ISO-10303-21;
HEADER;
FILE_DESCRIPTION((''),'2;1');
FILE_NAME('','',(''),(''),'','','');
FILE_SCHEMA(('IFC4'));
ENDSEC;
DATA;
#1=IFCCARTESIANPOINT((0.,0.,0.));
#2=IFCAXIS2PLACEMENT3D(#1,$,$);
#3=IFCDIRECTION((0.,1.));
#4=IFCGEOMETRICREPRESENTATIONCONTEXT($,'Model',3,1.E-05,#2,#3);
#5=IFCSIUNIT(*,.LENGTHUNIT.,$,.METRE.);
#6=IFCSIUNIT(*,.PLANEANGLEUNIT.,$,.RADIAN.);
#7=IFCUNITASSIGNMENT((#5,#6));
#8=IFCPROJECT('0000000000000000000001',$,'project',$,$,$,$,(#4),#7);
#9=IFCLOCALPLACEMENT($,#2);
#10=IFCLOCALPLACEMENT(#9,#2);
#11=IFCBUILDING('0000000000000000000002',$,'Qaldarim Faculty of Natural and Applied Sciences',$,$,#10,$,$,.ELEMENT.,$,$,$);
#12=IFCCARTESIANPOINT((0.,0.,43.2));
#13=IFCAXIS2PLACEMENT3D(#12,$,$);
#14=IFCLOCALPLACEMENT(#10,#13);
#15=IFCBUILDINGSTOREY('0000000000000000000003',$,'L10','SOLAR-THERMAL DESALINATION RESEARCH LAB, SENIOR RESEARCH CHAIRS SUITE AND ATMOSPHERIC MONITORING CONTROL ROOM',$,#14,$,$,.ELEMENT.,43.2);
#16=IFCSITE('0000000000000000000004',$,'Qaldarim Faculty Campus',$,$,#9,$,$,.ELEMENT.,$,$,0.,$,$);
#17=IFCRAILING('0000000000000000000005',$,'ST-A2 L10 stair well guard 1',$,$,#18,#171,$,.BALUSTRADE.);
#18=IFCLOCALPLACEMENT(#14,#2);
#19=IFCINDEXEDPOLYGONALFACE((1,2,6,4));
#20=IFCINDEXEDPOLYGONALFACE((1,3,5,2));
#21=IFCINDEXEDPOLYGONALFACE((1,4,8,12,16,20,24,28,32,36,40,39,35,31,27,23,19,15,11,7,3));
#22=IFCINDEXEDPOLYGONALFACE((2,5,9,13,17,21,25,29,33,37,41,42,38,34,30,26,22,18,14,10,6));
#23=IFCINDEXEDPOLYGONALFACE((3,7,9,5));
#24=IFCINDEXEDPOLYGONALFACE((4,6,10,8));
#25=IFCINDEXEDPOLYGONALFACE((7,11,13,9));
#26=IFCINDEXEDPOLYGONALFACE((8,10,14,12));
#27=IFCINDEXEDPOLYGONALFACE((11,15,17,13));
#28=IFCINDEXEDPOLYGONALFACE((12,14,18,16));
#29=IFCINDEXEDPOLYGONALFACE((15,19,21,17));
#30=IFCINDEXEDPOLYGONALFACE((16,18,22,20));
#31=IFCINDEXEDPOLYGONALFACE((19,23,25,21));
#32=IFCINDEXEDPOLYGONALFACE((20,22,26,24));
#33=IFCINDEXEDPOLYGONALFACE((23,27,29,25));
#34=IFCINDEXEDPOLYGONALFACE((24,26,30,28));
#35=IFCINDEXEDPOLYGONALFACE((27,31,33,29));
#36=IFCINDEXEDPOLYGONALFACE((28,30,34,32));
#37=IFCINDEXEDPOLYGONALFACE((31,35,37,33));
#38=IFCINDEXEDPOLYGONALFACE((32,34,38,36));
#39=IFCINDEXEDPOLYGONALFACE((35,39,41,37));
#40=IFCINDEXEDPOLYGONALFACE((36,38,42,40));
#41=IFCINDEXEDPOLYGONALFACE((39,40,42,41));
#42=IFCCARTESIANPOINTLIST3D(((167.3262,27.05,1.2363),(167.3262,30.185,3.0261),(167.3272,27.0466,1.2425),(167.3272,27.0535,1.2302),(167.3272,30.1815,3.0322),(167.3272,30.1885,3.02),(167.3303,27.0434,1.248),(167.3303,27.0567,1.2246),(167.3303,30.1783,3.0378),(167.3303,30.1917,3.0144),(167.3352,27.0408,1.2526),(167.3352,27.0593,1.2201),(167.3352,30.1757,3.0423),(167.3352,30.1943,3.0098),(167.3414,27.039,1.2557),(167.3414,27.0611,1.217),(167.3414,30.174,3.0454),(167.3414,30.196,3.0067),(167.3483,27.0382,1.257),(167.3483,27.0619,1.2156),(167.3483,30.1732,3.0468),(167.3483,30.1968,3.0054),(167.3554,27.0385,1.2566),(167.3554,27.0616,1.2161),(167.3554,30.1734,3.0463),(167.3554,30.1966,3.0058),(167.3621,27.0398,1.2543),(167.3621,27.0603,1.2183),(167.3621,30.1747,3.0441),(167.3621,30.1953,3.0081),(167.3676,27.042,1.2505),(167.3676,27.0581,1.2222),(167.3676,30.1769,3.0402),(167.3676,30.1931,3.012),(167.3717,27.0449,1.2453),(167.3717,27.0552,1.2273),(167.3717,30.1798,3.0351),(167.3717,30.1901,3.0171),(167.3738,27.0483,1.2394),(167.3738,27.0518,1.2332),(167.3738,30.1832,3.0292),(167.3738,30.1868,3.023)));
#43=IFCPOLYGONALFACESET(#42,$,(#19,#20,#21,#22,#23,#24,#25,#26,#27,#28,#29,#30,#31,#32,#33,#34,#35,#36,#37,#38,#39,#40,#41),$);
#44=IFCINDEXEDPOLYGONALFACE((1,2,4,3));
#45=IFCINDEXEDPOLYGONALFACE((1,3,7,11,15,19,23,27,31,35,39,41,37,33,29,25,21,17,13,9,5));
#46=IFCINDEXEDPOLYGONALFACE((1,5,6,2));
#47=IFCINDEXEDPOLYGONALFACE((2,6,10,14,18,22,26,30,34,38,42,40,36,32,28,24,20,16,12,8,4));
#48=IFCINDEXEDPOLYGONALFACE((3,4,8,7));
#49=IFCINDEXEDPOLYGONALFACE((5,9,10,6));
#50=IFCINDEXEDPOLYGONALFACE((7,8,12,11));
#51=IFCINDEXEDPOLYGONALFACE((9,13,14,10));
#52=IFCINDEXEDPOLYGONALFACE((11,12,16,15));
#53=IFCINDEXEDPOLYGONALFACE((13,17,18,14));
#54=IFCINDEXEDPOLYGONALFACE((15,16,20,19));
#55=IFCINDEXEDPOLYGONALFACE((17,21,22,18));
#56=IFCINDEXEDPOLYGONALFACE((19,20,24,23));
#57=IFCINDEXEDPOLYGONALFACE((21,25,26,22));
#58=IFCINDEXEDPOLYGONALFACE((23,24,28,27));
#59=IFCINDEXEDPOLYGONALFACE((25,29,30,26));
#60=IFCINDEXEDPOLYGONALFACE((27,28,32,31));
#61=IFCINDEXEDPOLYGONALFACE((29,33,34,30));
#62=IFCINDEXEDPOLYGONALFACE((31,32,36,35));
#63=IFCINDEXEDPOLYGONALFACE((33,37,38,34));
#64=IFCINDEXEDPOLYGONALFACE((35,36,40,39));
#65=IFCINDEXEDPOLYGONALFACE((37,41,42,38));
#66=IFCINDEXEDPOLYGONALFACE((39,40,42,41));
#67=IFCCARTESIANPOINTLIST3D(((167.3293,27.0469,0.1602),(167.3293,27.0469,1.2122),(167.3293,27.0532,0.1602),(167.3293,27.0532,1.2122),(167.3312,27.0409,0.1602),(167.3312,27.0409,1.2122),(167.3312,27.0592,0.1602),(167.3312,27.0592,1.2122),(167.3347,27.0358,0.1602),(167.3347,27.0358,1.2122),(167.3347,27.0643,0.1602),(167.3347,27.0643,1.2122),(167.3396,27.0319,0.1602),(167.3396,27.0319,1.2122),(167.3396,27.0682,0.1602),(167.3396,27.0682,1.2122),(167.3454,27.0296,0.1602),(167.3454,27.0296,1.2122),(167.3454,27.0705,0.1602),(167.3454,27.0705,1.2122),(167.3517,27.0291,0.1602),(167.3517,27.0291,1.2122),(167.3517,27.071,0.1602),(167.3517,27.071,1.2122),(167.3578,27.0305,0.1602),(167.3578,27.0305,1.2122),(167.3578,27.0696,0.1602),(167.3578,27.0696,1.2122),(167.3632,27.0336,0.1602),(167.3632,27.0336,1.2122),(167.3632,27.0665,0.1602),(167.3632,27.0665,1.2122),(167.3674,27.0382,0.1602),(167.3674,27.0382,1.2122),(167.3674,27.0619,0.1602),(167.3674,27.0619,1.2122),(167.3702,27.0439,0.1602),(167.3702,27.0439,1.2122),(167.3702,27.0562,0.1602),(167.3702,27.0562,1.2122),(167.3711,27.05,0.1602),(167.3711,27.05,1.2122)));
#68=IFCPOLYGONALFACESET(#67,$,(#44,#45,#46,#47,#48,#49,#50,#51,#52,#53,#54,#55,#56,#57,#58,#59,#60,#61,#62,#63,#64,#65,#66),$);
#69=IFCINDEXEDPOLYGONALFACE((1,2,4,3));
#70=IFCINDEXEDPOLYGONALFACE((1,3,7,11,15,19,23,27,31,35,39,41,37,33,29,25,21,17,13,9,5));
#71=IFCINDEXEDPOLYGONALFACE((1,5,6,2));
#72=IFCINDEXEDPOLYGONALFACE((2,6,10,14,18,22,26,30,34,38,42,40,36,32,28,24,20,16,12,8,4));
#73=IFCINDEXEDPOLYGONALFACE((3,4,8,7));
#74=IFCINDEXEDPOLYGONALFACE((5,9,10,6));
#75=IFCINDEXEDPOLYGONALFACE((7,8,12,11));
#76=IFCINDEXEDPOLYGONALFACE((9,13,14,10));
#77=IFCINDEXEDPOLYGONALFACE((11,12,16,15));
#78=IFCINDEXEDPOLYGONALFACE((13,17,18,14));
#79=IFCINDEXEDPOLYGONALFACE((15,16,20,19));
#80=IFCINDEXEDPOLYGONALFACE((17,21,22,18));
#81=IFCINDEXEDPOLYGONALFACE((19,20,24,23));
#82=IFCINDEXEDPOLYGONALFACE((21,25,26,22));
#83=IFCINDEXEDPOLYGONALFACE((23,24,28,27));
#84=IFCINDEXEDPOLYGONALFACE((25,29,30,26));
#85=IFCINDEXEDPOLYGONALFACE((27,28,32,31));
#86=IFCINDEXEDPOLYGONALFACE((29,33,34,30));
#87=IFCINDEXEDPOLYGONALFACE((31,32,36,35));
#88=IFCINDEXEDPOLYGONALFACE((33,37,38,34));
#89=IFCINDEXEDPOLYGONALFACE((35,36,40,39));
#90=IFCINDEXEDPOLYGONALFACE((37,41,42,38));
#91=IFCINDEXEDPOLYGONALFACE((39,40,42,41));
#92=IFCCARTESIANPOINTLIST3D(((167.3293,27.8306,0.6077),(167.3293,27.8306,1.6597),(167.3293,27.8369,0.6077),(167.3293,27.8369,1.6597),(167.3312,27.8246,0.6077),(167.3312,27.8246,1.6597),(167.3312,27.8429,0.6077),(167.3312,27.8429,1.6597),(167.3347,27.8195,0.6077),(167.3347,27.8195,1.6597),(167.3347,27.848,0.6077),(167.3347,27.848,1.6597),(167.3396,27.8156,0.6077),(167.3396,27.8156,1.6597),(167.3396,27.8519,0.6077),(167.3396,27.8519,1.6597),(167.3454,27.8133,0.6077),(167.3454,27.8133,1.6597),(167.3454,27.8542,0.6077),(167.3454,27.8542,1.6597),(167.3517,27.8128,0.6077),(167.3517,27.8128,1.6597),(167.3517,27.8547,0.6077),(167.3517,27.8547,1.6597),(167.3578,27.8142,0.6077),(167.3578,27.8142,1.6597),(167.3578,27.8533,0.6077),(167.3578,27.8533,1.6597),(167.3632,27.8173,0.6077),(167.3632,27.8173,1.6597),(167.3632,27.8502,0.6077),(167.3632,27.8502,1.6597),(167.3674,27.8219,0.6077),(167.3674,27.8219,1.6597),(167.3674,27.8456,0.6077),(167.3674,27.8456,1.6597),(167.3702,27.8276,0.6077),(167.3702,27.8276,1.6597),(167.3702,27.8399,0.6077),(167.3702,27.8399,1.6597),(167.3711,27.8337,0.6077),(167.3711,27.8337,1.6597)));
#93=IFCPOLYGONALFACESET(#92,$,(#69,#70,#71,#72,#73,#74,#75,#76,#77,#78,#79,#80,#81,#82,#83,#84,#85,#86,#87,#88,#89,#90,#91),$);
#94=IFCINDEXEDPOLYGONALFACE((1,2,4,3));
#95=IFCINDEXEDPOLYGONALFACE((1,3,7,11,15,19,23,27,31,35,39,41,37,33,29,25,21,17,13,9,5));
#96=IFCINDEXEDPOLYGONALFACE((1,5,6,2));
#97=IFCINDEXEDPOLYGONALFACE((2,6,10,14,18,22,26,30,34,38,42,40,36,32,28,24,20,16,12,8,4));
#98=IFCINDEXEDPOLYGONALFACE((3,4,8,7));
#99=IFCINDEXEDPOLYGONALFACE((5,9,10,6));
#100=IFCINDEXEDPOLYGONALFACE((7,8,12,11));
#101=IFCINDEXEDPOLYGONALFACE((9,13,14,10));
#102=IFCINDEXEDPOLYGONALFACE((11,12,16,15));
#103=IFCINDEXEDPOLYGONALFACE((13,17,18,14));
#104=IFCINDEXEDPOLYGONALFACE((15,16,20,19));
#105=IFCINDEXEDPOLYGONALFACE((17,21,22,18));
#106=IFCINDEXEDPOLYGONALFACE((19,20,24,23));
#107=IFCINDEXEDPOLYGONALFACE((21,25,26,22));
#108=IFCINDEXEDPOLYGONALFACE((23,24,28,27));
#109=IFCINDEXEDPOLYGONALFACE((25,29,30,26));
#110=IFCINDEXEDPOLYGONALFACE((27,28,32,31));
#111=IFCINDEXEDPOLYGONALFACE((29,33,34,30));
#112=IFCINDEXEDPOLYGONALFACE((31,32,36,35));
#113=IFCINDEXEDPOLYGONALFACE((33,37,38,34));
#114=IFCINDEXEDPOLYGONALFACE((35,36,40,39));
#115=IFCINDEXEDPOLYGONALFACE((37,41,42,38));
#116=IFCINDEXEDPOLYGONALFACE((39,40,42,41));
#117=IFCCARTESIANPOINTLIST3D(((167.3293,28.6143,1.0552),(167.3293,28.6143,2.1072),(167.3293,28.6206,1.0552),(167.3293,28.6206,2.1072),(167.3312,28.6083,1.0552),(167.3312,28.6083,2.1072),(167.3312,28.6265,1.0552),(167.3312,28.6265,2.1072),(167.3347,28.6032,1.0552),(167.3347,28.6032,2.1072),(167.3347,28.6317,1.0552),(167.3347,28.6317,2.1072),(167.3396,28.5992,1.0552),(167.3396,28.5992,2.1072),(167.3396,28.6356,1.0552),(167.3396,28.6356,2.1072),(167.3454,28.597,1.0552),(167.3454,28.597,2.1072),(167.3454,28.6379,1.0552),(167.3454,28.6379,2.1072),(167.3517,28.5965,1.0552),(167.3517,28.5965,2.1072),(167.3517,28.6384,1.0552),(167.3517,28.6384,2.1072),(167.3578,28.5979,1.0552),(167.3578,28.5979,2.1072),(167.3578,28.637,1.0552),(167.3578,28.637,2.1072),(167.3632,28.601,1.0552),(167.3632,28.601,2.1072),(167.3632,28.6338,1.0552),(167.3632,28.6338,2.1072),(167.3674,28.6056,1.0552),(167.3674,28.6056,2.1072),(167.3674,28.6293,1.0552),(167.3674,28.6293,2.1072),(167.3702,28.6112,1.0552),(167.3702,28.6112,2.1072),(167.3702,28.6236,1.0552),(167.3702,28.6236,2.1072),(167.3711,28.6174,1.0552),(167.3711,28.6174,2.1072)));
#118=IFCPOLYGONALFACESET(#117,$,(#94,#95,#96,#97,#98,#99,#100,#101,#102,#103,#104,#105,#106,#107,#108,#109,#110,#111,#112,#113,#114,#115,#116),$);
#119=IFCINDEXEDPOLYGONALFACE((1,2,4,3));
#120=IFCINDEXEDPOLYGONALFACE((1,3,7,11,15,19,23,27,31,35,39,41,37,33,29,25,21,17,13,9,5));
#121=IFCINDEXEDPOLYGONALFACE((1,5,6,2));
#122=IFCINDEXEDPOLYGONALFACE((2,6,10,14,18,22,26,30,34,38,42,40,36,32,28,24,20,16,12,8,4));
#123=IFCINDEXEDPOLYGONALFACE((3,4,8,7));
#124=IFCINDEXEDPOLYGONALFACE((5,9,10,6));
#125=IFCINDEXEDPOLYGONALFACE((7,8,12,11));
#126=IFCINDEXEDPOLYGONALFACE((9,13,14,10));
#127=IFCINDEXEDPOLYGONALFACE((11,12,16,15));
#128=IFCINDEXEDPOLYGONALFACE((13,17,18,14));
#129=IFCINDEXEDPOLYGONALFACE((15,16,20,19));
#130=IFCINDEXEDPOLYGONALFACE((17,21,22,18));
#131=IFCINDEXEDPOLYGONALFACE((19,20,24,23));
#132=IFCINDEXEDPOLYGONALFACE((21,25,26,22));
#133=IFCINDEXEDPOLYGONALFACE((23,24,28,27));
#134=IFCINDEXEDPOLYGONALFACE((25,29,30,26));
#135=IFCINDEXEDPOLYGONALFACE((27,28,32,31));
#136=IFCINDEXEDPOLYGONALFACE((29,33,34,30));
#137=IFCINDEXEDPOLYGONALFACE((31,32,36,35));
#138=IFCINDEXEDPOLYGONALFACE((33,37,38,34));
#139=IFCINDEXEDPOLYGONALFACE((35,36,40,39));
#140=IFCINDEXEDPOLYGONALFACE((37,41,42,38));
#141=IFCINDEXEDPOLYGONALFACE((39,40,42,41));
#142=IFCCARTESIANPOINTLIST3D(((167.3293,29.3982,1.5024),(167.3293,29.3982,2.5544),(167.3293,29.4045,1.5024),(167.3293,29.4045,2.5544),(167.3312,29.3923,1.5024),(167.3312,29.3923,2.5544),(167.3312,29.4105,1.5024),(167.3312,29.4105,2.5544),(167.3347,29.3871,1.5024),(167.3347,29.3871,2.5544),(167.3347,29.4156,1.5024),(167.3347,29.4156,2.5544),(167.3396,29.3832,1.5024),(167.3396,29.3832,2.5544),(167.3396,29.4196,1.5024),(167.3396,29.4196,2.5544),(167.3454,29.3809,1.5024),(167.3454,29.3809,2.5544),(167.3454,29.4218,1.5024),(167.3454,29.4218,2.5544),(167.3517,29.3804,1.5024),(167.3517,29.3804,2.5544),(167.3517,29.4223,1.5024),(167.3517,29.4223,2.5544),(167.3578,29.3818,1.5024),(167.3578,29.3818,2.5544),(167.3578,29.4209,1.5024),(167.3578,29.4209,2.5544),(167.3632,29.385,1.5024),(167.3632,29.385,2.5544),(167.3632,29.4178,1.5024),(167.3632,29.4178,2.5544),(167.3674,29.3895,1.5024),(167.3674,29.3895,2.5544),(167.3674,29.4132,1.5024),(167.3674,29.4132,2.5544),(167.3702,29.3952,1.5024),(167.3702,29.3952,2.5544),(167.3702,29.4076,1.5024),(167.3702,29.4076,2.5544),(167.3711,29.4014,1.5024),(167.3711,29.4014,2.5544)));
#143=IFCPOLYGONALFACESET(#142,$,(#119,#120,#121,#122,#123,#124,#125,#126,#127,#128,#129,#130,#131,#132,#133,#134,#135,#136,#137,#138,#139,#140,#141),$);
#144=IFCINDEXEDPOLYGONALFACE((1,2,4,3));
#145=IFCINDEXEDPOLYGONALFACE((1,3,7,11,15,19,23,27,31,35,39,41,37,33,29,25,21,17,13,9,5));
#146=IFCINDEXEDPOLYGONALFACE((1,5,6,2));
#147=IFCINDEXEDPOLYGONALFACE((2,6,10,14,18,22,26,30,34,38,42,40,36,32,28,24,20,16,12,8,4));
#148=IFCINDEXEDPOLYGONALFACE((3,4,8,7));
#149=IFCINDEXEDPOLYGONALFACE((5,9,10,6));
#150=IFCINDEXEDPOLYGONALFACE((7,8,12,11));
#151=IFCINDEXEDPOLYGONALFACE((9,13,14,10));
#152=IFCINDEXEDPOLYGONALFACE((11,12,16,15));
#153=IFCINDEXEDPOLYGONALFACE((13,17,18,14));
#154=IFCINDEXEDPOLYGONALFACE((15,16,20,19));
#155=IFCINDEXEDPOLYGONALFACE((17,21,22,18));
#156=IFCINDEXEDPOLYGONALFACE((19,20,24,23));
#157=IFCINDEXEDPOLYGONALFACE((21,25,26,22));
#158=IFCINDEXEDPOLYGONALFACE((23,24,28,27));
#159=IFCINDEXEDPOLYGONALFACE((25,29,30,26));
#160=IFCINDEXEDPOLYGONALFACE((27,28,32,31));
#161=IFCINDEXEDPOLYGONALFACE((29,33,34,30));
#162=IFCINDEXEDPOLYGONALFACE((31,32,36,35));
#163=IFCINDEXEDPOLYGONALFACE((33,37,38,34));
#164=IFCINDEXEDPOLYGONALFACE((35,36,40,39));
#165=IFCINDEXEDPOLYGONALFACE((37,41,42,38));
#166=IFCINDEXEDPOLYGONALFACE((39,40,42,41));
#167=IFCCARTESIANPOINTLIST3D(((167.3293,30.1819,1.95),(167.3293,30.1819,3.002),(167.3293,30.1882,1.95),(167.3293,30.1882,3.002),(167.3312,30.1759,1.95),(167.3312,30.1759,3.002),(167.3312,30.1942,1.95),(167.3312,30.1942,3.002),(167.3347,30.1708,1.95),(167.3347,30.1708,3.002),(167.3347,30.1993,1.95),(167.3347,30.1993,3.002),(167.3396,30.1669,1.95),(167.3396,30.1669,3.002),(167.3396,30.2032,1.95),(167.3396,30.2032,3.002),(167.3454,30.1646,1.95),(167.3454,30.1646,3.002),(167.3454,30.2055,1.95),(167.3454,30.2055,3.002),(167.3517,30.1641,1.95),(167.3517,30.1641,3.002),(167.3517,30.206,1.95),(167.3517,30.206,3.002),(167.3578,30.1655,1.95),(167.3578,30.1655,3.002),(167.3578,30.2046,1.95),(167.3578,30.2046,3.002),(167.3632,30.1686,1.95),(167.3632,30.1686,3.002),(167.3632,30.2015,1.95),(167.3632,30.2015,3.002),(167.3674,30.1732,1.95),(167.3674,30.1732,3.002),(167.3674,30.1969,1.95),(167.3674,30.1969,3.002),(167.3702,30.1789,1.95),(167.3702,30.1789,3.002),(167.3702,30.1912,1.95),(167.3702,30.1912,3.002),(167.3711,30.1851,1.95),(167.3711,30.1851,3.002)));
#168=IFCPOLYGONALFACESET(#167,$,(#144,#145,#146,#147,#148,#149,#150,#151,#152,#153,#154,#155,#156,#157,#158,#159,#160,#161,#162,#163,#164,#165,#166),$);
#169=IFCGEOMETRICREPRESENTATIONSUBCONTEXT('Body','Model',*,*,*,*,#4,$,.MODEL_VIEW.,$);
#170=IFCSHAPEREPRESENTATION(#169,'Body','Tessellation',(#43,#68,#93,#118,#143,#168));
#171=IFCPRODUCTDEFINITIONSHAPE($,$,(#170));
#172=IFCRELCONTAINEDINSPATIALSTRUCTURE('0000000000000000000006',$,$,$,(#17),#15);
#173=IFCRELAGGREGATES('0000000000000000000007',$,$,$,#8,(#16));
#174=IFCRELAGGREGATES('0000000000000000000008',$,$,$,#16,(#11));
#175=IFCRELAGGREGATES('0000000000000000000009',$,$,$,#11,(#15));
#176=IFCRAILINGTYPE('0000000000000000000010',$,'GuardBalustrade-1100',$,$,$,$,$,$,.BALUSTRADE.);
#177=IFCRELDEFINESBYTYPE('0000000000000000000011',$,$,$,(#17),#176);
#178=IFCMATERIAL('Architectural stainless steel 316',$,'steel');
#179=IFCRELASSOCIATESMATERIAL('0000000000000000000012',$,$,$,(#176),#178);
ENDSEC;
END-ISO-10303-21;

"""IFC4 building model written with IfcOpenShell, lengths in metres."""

from ifc_helpers import new_model, si_unit, direction, frame, origin, origin_2d, place, context, subcontext, project, spatial, circle, extrude, material, type_object, element, save


model = new_model("IFC4")

# Units and contexts
model_context = context("Model", 3, precision=1e-05, world=origin(), true_north=direction((0.0, 1.0)))
body_context = subcontext(model_context, "Body", "Model", "MODEL_VIEW")
ifc_project = project(units=[si_unit("LENGTHUNIT", "METRE"), si_unit("PLANEANGLEUNIT", "RADIAN")], contexts=[model_context])

# Site, building, storey
site_placement = place(None, origin())
site = spatial("IfcSite", under=ifc_project, at=site_placement, Name="Qaldarim Faculty Campus", CompositionType="ELEMENT", RefElevation=0.0)
building_placement = place(site_placement, origin())
building = spatial("IfcBuilding", under=site, at=building_placement, Name="Qaldarim Faculty of Natural and Applied Sciences", CompositionType="ELEMENT")
storey_placement = place(building_placement, frame((0.0, 0.0, 43.2)))
storey = spatial("IfcBuildingStorey", under=building, at=storey_placement, Name="L10", Description="SOLAR-THERMAL DESALINATION RESEARCH LAB, SENIOR RESEARCH CHAIRS SUITE AND ATMOSPHERIC MONITORING CONTROL ROOM", CompositionType="ELEMENT", Elevation=43.2)

# Shared definitions
ifc_material_1 = material(Name="Architectural stainless steel 316", Category="steel")

# Railing
railing_type_1 = type_object("IfcRailingType", Name="GuardBalustrade-1100", PredefinedType="BALUSTRADE", material=ifc_material_1)
railing_1_placement = place(storey_placement, frame((167.3501, 27.05, 0.1602)))
element("IfcRailing", 1, at=railing_1_placement, inside=storey, type_object=railing_type_1, Name="ST-A2 L10 stair well guard 1", PredefinedType="BALUSTRADE", context=body_context, shape_type="SweptSolid", body=[
    extrude(circle(Radius=0.0239, at=origin_2d()), frame((0.0, 0.0, 1.0762), z_axis=(0.0, 0.868439, 0.495797), x_axis=(-1.0, 0.0, 0.0)), (0.0, 0.0, 1.0), 3.6099),
    extrude(circle(Radius=0.021, at=origin_2d()), origin(), (0.0, 0.0, 1.0), 1.052),
    extrude(circle(Radius=0.021, at=origin_2d()), frame((0.0, 0.7837, 0.4475)), (0.0, 0.0, 1.0), 1.052),
    extrude(circle(Radius=0.021, at=origin_2d()), frame((0.0, 1.5674, 0.895)), (0.0, 0.0, 1.0), 1.052),
    extrude(circle(Radius=0.021, at=origin_2d()), frame((0.0, 2.3513, 1.3423)), (0.0, 0.0, 1.0), 1.052),
    extrude(circle(Radius=0.021, at=origin_2d()), frame((0.0, 3.135, 1.7898)), (0.0, 0.0, 1.0), 1.052),
])

save(model, "model.ifc")
